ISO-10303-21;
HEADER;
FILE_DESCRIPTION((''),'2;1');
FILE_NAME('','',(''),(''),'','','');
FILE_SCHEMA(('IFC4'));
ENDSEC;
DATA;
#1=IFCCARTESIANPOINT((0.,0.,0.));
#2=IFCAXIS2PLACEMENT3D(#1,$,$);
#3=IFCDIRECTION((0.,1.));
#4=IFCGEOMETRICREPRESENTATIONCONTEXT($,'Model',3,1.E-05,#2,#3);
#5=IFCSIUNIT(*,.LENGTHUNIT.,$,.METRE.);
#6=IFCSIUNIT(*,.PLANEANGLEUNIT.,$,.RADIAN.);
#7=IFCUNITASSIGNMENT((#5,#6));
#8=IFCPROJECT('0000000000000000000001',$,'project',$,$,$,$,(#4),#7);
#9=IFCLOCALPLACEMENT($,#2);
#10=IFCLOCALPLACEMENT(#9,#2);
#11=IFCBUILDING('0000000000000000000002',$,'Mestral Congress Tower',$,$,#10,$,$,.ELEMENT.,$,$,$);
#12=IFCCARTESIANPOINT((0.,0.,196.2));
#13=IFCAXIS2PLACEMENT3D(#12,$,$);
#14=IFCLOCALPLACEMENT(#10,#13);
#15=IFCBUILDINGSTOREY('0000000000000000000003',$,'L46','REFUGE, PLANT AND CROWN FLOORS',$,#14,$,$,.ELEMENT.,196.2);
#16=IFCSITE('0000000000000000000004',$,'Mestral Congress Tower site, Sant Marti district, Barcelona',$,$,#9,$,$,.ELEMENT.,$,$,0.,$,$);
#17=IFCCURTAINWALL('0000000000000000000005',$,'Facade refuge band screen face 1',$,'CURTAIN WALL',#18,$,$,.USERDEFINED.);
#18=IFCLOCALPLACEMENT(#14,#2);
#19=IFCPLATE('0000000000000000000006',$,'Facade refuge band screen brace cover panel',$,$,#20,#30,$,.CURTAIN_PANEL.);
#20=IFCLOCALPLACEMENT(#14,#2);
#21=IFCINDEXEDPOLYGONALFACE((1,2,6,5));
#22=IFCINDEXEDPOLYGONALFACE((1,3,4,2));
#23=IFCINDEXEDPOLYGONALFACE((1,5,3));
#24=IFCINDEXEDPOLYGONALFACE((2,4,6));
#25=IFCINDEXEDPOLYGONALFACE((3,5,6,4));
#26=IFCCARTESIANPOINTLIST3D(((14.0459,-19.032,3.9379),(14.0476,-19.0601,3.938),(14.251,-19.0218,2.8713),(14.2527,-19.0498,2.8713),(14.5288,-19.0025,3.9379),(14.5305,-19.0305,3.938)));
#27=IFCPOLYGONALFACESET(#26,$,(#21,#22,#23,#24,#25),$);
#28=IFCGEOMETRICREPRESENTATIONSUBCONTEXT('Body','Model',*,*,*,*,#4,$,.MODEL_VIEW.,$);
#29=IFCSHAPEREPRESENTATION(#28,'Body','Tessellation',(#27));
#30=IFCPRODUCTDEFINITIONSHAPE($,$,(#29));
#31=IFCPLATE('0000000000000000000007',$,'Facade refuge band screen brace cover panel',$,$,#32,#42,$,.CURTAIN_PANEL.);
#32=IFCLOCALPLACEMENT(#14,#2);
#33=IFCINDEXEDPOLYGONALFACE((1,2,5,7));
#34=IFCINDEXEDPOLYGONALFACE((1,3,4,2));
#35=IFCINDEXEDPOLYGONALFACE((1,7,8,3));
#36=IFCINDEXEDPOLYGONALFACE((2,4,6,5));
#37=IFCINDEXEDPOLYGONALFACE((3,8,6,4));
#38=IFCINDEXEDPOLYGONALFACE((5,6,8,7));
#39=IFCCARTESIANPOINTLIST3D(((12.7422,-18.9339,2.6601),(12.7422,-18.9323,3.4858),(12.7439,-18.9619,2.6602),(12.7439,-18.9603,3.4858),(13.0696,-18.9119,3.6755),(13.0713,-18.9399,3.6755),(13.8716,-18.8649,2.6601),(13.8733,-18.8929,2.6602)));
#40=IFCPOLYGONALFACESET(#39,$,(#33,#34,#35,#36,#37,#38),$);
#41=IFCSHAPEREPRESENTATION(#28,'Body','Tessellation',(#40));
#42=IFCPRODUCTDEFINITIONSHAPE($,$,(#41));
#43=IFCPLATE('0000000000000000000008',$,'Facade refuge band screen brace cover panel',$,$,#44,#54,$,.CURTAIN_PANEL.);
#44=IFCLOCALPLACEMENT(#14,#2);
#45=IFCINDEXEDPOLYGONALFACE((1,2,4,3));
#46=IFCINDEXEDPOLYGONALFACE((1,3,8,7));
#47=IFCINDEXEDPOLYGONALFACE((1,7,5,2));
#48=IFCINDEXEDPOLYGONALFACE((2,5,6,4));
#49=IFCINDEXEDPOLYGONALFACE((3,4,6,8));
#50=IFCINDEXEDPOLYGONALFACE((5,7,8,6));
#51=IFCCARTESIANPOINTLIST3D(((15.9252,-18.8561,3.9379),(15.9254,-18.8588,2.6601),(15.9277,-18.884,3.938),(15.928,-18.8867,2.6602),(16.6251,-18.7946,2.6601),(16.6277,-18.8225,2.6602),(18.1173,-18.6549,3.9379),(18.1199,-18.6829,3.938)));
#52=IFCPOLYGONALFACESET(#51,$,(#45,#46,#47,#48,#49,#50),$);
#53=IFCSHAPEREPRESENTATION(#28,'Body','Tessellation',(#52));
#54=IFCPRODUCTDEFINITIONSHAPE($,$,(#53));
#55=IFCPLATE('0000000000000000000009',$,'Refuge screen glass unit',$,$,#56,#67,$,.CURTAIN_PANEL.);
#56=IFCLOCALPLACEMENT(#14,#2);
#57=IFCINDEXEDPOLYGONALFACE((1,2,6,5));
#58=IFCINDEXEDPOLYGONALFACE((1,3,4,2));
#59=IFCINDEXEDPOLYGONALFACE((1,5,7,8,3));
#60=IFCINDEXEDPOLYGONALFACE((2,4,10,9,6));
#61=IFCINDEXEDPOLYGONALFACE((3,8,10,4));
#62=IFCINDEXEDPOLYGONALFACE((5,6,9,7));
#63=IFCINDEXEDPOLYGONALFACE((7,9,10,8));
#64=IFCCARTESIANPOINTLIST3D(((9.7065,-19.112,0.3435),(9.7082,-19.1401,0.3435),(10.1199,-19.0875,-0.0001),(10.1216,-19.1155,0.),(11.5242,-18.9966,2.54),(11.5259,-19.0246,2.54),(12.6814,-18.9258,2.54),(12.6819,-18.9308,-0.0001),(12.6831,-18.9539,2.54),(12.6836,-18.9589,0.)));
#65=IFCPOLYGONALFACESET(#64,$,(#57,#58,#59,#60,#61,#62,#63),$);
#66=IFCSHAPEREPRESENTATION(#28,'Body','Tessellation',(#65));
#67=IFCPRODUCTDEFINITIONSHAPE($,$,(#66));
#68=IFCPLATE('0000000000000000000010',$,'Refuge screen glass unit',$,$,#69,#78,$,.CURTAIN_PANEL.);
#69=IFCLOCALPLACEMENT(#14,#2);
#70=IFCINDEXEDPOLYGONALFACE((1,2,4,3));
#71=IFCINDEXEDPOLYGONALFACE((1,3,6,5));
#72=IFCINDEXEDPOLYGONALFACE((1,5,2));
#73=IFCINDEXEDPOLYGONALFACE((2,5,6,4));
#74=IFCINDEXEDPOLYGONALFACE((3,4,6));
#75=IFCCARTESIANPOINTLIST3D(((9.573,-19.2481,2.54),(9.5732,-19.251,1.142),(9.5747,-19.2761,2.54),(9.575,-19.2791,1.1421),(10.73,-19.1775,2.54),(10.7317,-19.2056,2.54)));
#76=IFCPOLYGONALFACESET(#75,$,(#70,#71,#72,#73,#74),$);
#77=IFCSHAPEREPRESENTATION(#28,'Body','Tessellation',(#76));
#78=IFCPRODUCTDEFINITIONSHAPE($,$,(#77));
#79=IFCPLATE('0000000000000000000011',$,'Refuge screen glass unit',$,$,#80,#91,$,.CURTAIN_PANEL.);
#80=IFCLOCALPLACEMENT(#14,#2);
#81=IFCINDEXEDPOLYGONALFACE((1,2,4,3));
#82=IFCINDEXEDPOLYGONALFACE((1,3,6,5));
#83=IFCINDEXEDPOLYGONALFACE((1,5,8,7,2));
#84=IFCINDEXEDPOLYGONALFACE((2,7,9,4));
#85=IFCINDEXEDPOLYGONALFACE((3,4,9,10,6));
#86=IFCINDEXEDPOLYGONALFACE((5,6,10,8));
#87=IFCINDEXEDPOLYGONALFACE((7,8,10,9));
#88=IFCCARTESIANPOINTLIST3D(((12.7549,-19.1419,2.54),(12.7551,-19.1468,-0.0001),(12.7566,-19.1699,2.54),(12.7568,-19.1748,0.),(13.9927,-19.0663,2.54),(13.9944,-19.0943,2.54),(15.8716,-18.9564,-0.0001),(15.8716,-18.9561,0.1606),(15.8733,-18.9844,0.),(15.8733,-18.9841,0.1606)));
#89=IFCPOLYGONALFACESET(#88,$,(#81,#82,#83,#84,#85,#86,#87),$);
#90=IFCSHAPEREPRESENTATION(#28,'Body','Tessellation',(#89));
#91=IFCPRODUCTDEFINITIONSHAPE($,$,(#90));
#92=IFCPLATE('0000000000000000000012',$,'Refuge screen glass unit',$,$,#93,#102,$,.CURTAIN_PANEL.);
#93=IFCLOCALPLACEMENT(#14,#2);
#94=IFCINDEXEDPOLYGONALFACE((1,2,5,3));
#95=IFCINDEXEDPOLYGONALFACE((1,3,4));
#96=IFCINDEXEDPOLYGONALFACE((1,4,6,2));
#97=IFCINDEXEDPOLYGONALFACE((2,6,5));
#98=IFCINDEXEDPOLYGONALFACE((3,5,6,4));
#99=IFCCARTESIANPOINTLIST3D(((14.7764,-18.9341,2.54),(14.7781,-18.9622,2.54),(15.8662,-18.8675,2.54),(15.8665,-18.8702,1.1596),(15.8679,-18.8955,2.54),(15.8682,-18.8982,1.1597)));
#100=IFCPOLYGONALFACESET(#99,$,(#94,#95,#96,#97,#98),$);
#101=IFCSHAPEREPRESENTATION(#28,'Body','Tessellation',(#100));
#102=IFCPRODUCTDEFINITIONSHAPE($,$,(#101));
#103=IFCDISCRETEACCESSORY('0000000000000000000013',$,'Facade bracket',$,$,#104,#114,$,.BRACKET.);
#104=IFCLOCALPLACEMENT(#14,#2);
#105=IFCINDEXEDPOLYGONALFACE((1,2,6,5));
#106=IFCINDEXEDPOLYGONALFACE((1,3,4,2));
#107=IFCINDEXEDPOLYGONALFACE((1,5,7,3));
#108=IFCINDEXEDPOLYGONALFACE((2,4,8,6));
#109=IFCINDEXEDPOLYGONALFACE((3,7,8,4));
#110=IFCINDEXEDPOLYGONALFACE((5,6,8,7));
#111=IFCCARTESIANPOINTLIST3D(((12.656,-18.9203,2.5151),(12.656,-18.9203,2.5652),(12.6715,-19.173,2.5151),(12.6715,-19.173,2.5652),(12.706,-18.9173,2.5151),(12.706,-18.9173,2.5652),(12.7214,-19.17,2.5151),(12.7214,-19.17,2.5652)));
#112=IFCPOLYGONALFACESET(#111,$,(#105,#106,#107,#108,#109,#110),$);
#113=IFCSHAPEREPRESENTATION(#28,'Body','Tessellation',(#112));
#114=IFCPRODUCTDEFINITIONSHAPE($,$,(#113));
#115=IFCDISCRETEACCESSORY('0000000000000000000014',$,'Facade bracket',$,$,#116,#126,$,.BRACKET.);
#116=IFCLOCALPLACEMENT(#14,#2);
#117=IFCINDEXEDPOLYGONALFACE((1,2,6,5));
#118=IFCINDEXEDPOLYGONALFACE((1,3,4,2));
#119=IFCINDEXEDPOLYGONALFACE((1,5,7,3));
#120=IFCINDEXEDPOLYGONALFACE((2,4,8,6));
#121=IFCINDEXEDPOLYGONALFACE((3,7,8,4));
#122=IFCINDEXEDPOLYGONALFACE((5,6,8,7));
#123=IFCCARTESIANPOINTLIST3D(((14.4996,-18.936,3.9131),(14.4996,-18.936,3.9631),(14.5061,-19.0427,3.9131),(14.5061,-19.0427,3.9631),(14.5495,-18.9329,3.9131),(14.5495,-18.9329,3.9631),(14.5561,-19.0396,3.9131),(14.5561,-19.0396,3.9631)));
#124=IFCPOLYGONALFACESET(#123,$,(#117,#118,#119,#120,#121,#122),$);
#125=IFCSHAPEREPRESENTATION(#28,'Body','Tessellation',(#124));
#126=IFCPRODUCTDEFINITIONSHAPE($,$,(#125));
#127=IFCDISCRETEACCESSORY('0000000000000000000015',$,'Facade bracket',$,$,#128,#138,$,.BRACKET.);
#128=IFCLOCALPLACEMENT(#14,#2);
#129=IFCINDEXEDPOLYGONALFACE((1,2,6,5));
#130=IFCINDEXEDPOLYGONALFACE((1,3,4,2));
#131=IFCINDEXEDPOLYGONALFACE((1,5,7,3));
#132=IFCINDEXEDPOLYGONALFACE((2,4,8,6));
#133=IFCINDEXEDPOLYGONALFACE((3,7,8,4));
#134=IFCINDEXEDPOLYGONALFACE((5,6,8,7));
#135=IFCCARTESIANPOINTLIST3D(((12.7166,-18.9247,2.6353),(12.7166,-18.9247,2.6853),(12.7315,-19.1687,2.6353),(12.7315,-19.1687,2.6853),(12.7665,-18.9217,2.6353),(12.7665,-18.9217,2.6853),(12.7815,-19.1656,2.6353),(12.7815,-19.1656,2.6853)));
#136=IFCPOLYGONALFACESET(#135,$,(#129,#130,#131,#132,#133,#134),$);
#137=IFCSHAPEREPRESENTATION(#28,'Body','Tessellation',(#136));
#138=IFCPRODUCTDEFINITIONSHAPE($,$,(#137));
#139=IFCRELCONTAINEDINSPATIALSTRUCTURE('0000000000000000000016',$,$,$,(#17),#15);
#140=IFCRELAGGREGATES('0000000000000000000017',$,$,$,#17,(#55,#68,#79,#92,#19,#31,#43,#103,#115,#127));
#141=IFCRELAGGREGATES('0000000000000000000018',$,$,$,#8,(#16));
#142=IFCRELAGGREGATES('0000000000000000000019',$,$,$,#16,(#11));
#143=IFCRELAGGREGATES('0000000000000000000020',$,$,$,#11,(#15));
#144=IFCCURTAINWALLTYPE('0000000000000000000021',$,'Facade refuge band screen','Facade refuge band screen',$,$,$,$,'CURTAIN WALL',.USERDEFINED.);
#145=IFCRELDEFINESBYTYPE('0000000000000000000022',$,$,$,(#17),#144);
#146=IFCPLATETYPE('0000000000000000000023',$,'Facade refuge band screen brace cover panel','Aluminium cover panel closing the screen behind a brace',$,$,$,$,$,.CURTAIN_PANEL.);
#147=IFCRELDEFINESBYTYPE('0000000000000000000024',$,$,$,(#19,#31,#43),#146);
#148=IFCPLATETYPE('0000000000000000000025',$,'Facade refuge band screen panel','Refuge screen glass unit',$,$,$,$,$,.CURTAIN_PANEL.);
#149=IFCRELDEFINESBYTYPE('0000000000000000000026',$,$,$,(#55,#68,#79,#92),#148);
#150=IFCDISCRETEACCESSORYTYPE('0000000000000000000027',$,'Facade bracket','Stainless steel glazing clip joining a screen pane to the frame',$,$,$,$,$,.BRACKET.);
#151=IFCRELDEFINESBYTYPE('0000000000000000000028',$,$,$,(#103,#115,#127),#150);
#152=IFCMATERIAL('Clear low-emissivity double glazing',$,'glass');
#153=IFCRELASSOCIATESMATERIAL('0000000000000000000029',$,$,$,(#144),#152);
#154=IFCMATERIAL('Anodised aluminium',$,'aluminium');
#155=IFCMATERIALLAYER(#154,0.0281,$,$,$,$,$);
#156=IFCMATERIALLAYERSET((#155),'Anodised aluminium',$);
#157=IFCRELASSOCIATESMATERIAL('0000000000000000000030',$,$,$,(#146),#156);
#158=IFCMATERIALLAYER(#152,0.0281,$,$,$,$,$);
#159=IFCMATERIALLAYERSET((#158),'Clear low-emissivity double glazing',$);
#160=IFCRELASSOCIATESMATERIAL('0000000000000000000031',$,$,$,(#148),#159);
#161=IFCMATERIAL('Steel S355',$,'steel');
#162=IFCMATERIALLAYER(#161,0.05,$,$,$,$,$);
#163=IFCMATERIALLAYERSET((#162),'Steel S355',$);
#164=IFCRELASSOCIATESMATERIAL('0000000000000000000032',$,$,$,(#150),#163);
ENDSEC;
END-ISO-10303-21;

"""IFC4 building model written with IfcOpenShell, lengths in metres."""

from ifc_helpers import new_model, si_unit, direction, frame, origin, origin_2d, place, context, subcontext, project, spatial, polyline, rectangle, outline, extrude, material, layer, layer_set, type_object, element, aggregate, save


model = new_model("IFC4")

# Units and contexts
model_context = context("Model", 3, precision=1e-05, world=origin(), true_north=direction((0.0, 1.0)))
body_context = subcontext(model_context, "Body", "Model", "MODEL_VIEW")
ifc_project = project(units=[si_unit("LENGTHUNIT", "METRE"), si_unit("PLANEANGLEUNIT", "RADIAN")], contexts=[model_context])

# Site, building, storey
site_placement = place(None, origin())
site = spatial("IfcSite", under=ifc_project, at=site_placement, Name="Mestral Congress Tower site, Sant Marti district, Barcelona", CompositionType="ELEMENT", RefElevation=0.0)
building_placement = place(site_placement, origin())
building = spatial("IfcBuilding", under=site, at=building_placement, Name="Mestral Congress Tower", CompositionType="ELEMENT")
storey_placement = place(building_placement, frame((0.0, 0.0, 196.2)))
storey = spatial("IfcBuildingStorey", under=building, at=storey_placement, Name="L46", Description="REFUGE, PLANT AND CROWN FLOORS", CompositionType="ELEMENT", Elevation=196.2)

# Shared definitions
ifc_material_1 = material(Name="Steel S355", Category="steel")

# Curtain wall
ifc_material_2 = material(Name="Clear low-emissivity double glazing", Category="glass")
curtain_wall_type = type_object("IfcCurtainWallType", Name="Facade refuge band screen", Description="Facade refuge band screen", ElementType="CURTAIN WALL", PredefinedType="USERDEFINED", material=ifc_material_2)
curtain_wall_placement = place(storey_placement, origin())
curtain_wall = element("IfcCurtainWall", 1, at=curtain_wall_placement, inside=storey, type_object=curtain_wall_type, Name="Facade refuge band screen face 1", ObjectType="CURTAIN WALL", PredefinedType="USERDEFINED")
ifc_material_3 = material(Name="Anodised aluminium", Category="aluminium")

# Plates
ifc_layer_1 = layer(ifc_material_3, 0.0281)
ifc_layer_set_1 = layer_set([ifc_layer_1], Name="Anodised aluminium")
plate_type_1 = type_object("IfcPlateType", Name="Facade refuge band screen brace cover panel", Description="Aluminium cover panel closing the screen behind a brace", PredefinedType="CURTAIN_PANEL", material=ifc_layer_set_1)
plate_1_placement = place(storey_placement, frame((14.5305, -19.0305, 3.938), z_axis=(0.061059, -0.998132, 0.002144), x_axis=(-0.252023, -0.017495, -0.967563)))
plate_1 = element("IfcPlate", 2, at=plate_1_placement, type_object=plate_type_1, Name="Facade refuge band screen brace cover panel", PredefinedType="CURTAIN_PANEL", context=body_context, shape_type="SweptSolid", body=[
    extrude(outline(polyline([(0.0, 0.0), (1.1024, 0.0), (0.1222, -0.4681), (0.0, 0.0)])), origin(), (0.0, 0.0, -1.0), 0.0281),
])
plate_2_placement = place(storey_placement, frame((12.7439, -18.9619, 2.6602), z_axis=(0.06097, -0.998138, 0.001941), x_axis=(0.000008, 0.001945, 0.999998)))
plate_2 = element("IfcPlate", 3, at=plate_2_placement, type_object=plate_type_1, Name="Facade refuge band screen brace cover panel", PredefinedType="CURTAIN_PANEL", context=body_context, shape_type="SweptSolid", body=[
    extrude(outline(polyline([(0.0, 0.0), (0.8257, 0.0), (1.0154, -0.328), (0.0001, -1.1315), (0.0, 0.0)])), origin(), (0.0, 0.0, -1.0), 0.0281),
])
plate_3_placement = place(storey_placement, frame((15.9277, -18.884, 3.938), z_axis=(0.091384, -0.995813, 0.002112), x_axis=(0.995816, 0.091385, 0.0)))
plate_3 = element("IfcPlate", 4, at=plate_3_placement, type_object=plate_type_1, Name="Facade refuge band screen brace cover panel", PredefinedType="CURTAIN_PANEL", context=body_context, shape_type="SweptSolid", body=[
    extrude(outline(polyline([(0.0, 0.0), (2.2014, 0.0), (0.7026, -1.2778), (0.0, -1.2778), (0.0, 0.0)])), origin(), (0.0, 0.0, -1.0), 0.0281),
])
ifc_layer_2 = layer(ifc_material_2, 0.0281)
ifc_layer_set_2 = layer_set([ifc_layer_2], Name="Clear low-emissivity double glazing")
plate_type_2 = type_object("IfcPlateType", Name="Facade refuge band screen panel", Description="Refuge screen glass unit", PredefinedType="CURTAIN_PANEL", material=ifc_layer_set_2)
plate_4_placement = place(storey_placement, frame((12.6831, -18.9539, 2.54), z_axis=(0.061016, -0.998135, 0.001982), x_axis=(0.00019, -0.001974, -0.999998)))
plate_4 = element("IfcPlate", 5, at=plate_4_placement, type_object=plate_type_2, Name="Refuge screen glass unit", PredefinedType="CURTAIN_PANEL", context=body_context, shape_type="SweptSolid", body=[
    extrude(outline(polyline([(0.0, 0.0), (2.54, 0.0), (2.5399, -2.5668), (2.1963, -2.9808), (-0.0001, -1.1594), (0.0, 0.0)])), origin(), (0.0, 0.0, -1.0), 0.0281),
])
plate_5_placement = place(storey_placement, frame((9.5747, -19.2761, 2.54), z_axis=(0.06087, -0.998143, 0.002102), x_axis=(0.998146, 0.06087, 0.0)))
plate_5 = element("IfcPlate", 6, at=plate_5_placement, type_object=plate_type_2, Name="Refuge screen glass unit", PredefinedType="CURTAIN_PANEL", context=body_context, shape_type="SweptSolid", body=[
    extrude(outline(polyline([(0.0, 0.0), (1.1591, 0.0), (0.0001, -1.398), (0.0, 0.0)])), origin(), (0.0, 0.0, -1.0), 0.0281),
])
plate_6_placement = place(storey_placement, frame((12.7566, -19.1699, 2.54), z_axis=(0.060986, -0.998137, 0.001927), x_axis=(0.998139, 0.060986, 0.0)))
plate_6 = element("IfcPlate", 7, at=plate_6_placement, type_object=plate_type_2, Name="Refuge screen glass unit", PredefinedType="CURTAIN_PANEL", context=body_context, shape_type="SweptSolid", body=[
    extrude(outline(polyline([(0.0, 0.0), (1.2401, 0.0), (3.1222, -2.3794), (3.1222, -2.54), (-0.0001, -2.54), (0.0, 0.0)])), origin(), (0.0, 0.0, -1.0), 0.0281),
])
plate_7_placement = place(storey_placement, frame((15.8679, -18.8955, 2.54), z_axis=(0.061042, -0.998133, 0.001953), x_axis=(0.000177, -0.001946, -0.999998)))
plate_7 = element("IfcPlate", 8, at=plate_7_placement, type_object=plate_type_2, Name="Refuge screen glass unit", PredefinedType="CURTAIN_PANEL", context=body_context, shape_type="SweptSolid", body=[
    extrude(outline(polyline([(0.0, 0.0), (1.3804, 0.0), (-0.0001, -1.0919), (0.0, 0.0)])), origin(), (0.0, 0.0, -1.0), 0.0281),
])

# Discrete accessories
ifc_layer_3 = layer(ifc_material_1, 0.05)
ifc_layer_set_3 = layer_set([ifc_layer_3], Name="Steel S355")
discrete_accessory_type = type_object("IfcDiscreteAccessoryType", Name="Facade bracket", Description="Stainless steel glazing clip joining a screen pane to the frame", PredefinedType="BRACKET", material=ifc_layer_set_3)
discrete_accessory_1_placement = place(storey_placement, frame((12.6887, -19.0452, 2.5151), z_axis=(0.0, 0.0, 1.0), x_axis=(0.998137, 0.061007, 0.0)))
discrete_accessory_1 = element("IfcDiscreteAccessory", 9, at=discrete_accessory_1_placement, type_object=discrete_accessory_type, Name="Facade bracket", PredefinedType="BRACKET", context=body_context, shape_type="SweptSolid", body=[
    extrude(rectangle(XDim=0.05, YDim=0.2532, at=origin_2d()), origin(), (0.0, 0.0, 1.0), 0.05),
])
discrete_accessory_2_placement = place(storey_placement, frame((14.5278, -18.9878, 3.9131), z_axis=(0.0, 0.0, 1.0), x_axis=(0.998139, 0.060988, 0.0)))
discrete_accessory_2 = element("IfcDiscreteAccessory", 10, at=discrete_accessory_2_placement, type_object=discrete_accessory_type, Name="Facade bracket", PredefinedType="BRACKET", context=body_context, shape_type="SweptSolid", body=[
    extrude(rectangle(XDim=0.05, YDim=0.1069, at=origin_2d()), origin(), (0.0, 0.0, 1.0), 0.05),
])
discrete_accessory_3_placement = place(storey_placement, frame((12.749, -19.0452, 2.6353), z_axis=(0.0, 0.0, 1.0), x_axis=(0.998134, 0.061059, 0.0)))
discrete_accessory_3 = element("IfcDiscreteAccessory", 11, at=discrete_accessory_3_placement, type_object=discrete_accessory_type, Name="Facade bracket", PredefinedType="BRACKET", context=body_context, shape_type="SweptSolid", body=[
    extrude(rectangle(XDim=0.05, YDim=0.2444, at=origin_2d()), origin(), (0.0, 0.0, 1.0), 0.05),
])
aggregate(curtain_wall, [plate_4, plate_5, plate_6, plate_7, plate_1, plate_2, plate_3, discrete_accessory_1, discrete_accessory_2, discrete_accessory_3])

save(model, "model.ifc")
